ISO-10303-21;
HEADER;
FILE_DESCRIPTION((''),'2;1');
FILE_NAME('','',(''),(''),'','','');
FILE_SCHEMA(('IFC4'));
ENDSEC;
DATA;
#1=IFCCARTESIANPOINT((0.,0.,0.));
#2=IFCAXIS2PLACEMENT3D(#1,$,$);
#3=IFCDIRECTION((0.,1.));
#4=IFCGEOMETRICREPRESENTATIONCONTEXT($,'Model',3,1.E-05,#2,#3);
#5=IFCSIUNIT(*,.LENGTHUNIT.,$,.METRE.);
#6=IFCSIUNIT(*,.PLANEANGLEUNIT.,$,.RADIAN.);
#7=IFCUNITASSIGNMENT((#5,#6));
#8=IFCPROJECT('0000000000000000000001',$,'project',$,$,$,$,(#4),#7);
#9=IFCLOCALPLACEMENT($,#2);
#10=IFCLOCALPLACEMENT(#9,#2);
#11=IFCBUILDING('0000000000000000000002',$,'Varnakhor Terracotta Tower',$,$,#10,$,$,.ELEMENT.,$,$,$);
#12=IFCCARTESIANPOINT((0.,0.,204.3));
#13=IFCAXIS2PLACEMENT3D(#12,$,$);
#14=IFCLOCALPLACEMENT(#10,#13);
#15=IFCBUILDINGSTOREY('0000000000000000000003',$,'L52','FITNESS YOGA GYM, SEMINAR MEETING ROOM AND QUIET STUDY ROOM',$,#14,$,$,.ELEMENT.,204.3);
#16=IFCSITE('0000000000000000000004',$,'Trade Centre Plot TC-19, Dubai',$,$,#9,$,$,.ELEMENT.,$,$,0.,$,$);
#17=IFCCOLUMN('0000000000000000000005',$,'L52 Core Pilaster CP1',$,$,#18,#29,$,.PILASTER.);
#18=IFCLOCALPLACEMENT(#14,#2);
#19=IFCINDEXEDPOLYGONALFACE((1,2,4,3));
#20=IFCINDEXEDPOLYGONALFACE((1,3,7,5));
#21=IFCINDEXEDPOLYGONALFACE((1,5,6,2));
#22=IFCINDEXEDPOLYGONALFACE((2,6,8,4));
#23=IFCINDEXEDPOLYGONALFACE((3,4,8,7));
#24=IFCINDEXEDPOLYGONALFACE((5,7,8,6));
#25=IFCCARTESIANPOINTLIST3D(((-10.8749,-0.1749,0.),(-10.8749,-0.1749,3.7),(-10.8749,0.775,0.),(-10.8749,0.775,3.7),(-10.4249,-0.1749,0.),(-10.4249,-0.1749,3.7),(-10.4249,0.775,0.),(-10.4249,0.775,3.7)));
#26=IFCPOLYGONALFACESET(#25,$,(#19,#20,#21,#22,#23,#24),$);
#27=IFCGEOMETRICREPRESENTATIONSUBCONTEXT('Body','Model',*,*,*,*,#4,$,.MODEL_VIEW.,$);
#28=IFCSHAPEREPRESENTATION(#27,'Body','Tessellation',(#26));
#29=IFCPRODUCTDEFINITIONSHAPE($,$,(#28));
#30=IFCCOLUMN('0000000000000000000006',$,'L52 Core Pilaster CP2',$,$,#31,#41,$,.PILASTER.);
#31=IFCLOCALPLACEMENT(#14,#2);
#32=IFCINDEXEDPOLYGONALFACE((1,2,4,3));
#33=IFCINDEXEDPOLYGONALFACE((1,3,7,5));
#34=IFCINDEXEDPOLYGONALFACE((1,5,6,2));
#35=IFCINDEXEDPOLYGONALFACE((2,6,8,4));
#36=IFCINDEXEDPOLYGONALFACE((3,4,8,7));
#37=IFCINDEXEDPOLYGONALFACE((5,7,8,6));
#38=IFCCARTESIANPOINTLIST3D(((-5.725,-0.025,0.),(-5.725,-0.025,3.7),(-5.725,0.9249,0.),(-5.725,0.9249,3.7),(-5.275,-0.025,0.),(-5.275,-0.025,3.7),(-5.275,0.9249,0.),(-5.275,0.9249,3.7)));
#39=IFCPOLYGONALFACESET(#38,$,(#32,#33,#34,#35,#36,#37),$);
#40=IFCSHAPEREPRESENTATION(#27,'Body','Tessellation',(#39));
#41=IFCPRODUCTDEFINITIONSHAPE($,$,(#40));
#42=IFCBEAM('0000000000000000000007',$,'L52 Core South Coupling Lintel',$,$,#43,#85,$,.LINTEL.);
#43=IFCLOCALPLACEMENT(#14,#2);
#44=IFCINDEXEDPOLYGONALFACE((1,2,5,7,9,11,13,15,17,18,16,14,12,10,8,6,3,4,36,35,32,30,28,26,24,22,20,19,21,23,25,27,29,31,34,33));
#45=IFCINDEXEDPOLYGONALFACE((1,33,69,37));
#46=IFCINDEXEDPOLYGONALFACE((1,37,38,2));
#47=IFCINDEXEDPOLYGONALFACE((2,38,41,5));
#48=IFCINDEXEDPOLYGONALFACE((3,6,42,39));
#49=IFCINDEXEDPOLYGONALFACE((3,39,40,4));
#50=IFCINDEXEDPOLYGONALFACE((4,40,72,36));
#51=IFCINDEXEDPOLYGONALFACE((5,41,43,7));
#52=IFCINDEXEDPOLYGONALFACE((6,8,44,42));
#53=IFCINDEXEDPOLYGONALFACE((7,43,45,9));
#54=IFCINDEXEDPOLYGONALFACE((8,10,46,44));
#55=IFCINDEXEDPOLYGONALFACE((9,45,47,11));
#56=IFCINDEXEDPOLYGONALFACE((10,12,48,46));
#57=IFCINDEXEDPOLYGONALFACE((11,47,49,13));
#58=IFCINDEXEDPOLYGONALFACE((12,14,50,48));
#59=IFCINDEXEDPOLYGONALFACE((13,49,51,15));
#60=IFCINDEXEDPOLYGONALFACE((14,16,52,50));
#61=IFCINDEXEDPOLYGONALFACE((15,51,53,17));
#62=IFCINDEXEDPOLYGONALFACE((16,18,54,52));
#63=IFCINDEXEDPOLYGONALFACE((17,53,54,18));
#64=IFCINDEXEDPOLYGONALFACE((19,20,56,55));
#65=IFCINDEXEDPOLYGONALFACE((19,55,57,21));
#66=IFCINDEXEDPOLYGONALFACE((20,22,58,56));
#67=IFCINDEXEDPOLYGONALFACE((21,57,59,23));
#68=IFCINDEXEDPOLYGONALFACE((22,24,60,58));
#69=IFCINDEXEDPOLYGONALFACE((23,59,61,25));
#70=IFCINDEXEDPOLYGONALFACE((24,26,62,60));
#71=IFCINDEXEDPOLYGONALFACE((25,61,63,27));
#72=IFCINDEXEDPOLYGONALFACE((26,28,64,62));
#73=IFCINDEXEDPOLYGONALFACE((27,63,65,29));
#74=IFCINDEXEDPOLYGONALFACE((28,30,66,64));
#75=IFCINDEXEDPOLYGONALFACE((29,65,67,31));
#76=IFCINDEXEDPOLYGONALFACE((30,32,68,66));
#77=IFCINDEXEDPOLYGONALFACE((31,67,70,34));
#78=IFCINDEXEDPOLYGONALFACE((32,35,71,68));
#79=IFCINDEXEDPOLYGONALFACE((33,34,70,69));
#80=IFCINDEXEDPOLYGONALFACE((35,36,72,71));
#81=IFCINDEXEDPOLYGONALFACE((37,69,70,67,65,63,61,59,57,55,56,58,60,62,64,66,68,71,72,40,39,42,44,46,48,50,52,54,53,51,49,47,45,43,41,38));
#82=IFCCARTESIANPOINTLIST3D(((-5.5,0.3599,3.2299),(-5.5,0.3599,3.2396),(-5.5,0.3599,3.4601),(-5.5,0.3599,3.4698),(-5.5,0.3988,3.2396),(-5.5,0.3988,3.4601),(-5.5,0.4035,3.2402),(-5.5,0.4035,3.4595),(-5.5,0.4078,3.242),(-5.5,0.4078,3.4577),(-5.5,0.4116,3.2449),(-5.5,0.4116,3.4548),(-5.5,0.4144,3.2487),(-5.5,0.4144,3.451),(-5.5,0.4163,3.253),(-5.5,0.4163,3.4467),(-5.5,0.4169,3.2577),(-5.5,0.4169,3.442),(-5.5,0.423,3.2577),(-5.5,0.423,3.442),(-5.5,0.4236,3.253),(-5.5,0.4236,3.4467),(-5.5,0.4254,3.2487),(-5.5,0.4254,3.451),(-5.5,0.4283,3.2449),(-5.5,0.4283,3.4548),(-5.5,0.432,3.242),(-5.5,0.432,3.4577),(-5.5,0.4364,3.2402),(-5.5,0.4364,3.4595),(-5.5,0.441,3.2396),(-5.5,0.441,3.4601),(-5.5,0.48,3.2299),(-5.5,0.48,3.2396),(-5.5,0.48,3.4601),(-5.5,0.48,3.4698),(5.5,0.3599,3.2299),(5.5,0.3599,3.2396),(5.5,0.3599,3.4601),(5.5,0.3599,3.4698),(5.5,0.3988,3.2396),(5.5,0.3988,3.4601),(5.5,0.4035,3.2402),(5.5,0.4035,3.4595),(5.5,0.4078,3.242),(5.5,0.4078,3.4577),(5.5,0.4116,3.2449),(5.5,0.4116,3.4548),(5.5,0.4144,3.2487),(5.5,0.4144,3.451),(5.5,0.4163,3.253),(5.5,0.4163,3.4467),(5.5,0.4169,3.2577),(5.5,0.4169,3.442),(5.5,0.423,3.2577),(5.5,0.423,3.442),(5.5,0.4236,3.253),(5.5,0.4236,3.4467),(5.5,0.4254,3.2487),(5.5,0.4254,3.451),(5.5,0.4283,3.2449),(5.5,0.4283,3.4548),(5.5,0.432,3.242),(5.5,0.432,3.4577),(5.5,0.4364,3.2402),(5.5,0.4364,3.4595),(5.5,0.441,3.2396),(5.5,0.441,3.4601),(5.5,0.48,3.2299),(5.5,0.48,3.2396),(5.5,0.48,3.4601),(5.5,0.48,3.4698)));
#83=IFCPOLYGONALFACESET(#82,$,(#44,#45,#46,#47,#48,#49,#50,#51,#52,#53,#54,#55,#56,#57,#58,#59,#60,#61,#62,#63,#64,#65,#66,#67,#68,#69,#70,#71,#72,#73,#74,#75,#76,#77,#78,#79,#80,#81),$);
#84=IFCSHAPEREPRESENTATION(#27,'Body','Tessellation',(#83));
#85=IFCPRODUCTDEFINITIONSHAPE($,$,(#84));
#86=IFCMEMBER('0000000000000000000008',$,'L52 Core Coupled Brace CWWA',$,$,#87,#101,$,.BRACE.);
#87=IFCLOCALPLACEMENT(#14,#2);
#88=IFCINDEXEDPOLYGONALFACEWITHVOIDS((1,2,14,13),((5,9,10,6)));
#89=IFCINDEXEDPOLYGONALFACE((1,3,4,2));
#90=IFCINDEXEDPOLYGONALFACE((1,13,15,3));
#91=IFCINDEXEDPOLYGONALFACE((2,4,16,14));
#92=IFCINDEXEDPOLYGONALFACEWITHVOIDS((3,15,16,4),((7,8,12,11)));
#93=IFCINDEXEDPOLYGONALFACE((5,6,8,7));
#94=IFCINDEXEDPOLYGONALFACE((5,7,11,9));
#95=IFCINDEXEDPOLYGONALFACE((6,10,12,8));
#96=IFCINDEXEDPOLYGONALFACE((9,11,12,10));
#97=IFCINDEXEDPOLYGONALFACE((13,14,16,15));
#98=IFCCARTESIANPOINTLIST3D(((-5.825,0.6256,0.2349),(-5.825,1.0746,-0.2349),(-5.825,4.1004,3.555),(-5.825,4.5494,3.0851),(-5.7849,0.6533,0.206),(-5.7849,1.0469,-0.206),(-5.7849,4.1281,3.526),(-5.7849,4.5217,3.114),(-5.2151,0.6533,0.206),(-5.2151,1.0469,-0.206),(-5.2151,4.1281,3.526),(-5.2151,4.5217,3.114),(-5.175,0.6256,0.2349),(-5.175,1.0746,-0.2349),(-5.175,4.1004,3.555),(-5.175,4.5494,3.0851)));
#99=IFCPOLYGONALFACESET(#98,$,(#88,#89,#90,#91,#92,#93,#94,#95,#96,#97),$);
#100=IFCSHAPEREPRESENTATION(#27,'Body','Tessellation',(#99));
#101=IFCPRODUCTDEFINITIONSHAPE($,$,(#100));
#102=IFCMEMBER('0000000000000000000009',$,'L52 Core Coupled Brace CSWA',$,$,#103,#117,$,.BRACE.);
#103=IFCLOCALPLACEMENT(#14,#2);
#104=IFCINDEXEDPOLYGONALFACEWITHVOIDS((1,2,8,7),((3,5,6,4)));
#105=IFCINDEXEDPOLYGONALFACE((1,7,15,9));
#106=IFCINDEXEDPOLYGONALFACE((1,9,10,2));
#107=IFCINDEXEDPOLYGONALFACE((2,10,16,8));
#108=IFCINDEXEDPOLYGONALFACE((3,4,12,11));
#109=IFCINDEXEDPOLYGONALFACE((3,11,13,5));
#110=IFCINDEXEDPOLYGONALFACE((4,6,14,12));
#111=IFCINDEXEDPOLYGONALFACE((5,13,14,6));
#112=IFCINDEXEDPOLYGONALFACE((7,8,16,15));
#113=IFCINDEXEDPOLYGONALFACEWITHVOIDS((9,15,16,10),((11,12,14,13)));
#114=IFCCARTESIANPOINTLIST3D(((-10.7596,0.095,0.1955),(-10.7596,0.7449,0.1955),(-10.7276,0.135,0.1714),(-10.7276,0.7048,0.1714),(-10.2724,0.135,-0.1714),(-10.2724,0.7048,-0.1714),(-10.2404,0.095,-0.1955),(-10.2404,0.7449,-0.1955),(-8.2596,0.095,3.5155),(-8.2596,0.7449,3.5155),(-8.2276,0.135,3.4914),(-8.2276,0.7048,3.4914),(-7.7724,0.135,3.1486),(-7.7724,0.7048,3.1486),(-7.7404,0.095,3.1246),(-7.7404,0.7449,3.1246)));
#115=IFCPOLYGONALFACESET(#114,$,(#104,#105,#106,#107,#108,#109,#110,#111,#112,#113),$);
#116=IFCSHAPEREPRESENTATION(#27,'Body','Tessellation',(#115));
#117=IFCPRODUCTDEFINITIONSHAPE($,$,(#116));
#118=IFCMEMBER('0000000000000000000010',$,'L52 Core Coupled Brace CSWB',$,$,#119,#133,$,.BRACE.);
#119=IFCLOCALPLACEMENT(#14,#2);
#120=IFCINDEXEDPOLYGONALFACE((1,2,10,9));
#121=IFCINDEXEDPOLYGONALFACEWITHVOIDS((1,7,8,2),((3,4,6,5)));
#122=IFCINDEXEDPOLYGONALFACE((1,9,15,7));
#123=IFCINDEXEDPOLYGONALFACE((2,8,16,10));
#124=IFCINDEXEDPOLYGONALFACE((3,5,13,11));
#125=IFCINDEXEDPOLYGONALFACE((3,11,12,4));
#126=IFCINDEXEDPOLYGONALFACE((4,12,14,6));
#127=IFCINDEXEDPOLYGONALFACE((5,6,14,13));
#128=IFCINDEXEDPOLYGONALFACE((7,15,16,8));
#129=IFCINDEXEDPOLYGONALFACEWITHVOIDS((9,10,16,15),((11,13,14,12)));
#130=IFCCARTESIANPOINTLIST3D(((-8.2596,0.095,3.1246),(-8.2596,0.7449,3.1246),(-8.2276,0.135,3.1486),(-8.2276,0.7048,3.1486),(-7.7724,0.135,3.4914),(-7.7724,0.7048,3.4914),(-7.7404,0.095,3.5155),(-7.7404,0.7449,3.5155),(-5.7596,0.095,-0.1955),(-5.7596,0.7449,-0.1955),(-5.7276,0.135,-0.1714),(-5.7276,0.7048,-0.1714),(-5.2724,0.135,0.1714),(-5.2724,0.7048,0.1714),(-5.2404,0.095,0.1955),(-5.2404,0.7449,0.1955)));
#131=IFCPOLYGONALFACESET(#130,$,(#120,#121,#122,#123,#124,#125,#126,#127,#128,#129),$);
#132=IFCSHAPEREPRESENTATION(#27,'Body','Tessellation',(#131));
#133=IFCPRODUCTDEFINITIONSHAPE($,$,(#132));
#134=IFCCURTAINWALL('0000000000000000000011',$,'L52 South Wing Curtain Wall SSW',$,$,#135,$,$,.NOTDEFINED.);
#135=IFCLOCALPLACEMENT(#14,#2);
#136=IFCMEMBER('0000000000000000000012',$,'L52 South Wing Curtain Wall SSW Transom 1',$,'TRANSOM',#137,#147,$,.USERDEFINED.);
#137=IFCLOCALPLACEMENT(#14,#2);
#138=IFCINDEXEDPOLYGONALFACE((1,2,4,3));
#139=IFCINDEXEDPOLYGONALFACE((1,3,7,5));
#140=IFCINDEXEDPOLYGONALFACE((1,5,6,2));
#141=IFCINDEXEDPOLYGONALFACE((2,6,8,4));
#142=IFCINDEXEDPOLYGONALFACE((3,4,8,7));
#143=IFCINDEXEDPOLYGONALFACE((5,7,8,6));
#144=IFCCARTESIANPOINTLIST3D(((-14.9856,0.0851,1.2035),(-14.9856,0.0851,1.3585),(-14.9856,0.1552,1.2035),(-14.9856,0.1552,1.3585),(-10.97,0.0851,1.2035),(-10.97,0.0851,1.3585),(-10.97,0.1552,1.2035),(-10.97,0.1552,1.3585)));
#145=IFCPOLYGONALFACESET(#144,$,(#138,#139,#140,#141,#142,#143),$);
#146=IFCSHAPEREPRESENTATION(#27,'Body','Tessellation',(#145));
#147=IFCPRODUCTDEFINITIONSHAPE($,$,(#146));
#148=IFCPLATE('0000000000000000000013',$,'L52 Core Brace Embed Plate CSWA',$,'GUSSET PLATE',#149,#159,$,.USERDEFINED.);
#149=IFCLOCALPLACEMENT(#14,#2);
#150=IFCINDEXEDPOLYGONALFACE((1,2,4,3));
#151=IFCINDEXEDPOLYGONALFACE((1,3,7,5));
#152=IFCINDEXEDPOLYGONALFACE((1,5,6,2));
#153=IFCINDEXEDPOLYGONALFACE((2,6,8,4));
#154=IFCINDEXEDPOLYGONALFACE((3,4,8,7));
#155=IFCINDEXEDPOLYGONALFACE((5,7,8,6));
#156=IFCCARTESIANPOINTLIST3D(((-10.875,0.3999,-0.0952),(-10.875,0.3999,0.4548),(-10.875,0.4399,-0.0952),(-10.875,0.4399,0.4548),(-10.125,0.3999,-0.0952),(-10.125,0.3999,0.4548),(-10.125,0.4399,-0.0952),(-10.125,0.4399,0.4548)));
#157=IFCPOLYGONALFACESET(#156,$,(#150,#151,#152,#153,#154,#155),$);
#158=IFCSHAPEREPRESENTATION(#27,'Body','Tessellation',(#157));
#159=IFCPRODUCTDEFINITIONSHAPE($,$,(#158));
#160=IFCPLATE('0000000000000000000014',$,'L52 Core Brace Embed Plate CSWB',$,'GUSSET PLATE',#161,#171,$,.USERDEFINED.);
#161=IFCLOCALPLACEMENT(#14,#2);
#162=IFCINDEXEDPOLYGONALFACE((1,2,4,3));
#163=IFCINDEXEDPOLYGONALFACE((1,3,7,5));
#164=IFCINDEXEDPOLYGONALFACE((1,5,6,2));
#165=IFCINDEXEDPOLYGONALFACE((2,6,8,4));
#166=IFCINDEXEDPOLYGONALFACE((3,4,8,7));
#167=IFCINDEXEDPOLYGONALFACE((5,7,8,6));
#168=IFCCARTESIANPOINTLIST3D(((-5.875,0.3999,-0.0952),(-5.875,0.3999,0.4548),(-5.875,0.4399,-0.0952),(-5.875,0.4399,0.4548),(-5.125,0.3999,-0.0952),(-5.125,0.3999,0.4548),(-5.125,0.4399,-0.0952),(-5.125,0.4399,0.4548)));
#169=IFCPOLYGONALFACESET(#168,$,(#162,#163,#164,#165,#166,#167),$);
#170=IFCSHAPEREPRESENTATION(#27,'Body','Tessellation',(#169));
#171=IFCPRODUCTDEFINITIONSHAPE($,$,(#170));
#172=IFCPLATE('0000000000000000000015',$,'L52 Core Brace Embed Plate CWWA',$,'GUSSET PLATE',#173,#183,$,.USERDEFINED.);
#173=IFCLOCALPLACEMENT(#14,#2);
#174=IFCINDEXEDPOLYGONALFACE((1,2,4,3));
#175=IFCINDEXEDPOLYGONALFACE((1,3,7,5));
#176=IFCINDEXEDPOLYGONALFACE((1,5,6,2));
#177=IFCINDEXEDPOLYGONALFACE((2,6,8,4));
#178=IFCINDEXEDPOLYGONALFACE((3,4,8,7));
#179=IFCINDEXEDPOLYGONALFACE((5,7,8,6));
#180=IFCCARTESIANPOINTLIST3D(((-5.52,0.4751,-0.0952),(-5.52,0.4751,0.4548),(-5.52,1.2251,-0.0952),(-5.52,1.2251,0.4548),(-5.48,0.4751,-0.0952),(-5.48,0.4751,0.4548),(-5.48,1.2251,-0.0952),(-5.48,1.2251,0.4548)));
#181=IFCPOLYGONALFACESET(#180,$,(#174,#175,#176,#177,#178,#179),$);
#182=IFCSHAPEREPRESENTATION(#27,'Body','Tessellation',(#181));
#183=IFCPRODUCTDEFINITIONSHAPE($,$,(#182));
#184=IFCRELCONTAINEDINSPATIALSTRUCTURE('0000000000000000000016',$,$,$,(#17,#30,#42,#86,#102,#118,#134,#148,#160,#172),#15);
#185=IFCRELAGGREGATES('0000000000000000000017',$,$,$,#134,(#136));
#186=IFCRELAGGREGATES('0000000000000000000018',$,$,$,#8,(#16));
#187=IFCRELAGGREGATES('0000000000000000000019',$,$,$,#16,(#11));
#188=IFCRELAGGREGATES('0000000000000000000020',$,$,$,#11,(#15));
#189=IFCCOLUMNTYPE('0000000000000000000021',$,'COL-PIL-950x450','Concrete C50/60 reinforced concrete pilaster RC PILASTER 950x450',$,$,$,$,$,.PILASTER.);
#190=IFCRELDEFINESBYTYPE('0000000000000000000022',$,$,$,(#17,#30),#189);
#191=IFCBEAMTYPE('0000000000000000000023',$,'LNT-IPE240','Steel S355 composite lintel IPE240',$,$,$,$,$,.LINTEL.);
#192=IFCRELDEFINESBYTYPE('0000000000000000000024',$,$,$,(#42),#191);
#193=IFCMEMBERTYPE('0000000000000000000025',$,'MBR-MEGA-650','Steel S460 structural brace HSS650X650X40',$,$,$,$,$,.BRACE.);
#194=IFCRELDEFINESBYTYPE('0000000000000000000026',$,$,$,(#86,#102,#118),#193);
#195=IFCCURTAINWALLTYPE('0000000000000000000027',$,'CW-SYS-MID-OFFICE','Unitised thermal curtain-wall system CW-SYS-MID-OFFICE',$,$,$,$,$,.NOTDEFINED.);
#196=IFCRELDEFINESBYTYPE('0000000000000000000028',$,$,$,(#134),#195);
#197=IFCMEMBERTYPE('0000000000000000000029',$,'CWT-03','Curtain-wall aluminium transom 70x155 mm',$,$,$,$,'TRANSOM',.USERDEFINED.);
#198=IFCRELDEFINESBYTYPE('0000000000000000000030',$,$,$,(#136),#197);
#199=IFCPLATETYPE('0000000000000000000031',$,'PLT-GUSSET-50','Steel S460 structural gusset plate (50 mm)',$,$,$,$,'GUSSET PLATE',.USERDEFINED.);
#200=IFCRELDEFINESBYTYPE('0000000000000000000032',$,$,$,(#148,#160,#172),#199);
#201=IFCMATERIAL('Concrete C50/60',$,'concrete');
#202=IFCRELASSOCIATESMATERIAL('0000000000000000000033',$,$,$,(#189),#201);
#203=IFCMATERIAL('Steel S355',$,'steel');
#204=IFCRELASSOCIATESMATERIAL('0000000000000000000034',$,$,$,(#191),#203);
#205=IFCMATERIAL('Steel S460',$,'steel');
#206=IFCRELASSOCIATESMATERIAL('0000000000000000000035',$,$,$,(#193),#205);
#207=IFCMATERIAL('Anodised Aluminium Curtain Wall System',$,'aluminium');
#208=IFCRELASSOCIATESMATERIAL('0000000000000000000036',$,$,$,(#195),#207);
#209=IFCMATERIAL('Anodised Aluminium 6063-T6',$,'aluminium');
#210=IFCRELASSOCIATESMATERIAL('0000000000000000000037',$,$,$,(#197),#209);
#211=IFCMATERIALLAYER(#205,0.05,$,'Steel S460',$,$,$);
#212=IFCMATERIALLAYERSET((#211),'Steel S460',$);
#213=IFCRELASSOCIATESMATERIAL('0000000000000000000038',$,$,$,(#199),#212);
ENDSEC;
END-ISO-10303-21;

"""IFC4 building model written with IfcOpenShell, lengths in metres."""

from ifc_helpers import new_model, si_unit, direction, frame, origin, origin_2d, place, context, subcontext, project, spatial, rectangle, hollow_rectangle, i_section, extrude, source, transform, mapped, material, layer, layer_set, material_profile, profile_set, type_object, type_shapes, element, aggregate, save


model = new_model("IFC4")

# Units and contexts
model_context = context("Model", 3, precision=1e-05, world=origin(), true_north=direction((0.0, 1.0)))
body_context = subcontext(model_context, "Body", "Model", "MODEL_VIEW")
ifc_project = project(units=[si_unit("LENGTHUNIT", "METRE"), si_unit("PLANEANGLEUNIT", "RADIAN")], contexts=[model_context])

# Site, building, storey
site_placement = place(None, origin())
site = spatial("IfcSite", under=ifc_project, at=site_placement, Name="Trade Centre Plot TC-19, Dubai", CompositionType="ELEMENT", RefElevation=0.0)
building_placement = place(site_placement, origin())
building = spatial("IfcBuilding", under=site, at=building_placement, Name="Varnakhor Terracotta Tower", CompositionType="ELEMENT")
storey_placement = place(building_placement, frame((0.0, 0.0, 204.3)))
storey = spatial("IfcBuildingStorey", under=building, at=storey_placement, Name="L52", Description="FITNESS YOGA GYM, SEMINAR MEETING ROOM AND QUIET STUDY ROOM", CompositionType="ELEMENT", Elevation=204.3)

# Columns
ifc_material_1 = material(Name="Concrete C50/60", Category="concrete")
ifc_material_profile_1 = material_profile(ifc_material_1, rectangle(XDim=0.45, YDim=0.95, at=origin_2d()), Name="RC PILASTER 950x450")
ifc_profile_set_1 = profile_set([ifc_material_profile_1], Name="Concrete C50/60")
column_type = type_object("IfcColumnType", Name="COL-PIL-950x450", Description="Concrete C50/60 reinforced concrete pilaster RC PILASTER 950x450", PredefinedType="PILASTER", material=ifc_profile_set_1)
shared_shape_1 = source(origin(), body_context, "Body", "SweptSolid", [
    extrude(rectangle(XDim=0.45, YDim=0.95, at=origin_2d()), origin(), (0.0, 0.0, 1.0), 3.7),
])
for number, where, z_axis, x_axis, name in (
    (1, (-10.6499, 0.3, 0.0), (0.0, 0.0, 1.0), (1.0, 0.0, 0.0), "L52 Core Pilaster CP1"),
    (2, (-5.5, 0.45, 0.0), (0.0, 0.0, 1.0), (1.0, 0.0, 0.0), "L52 Core Pilaster CP2"),
):
    element("IfcColumn", number, at=place(storey_placement, frame(where, z_axis=z_axis, x_axis=x_axis)), inside=storey, type_object=column_type, Name=name, PredefinedType="PILASTER", context=body_context, shape_type="MappedRepresentation", body=[
        mapped(shared_shape_1, transform((0.0, 0.0, 0.0), scale=1.0)),
    ])

# Beam
ifc_material_2 = material(Name="Steel S355", Category="steel")
ifc_material_profile_2 = material_profile(ifc_material_2, i_section(OverallWidth=0.1201, OverallDepth=0.24, WebThickness=0.0061, FlangeThickness=0.0098, FilletRadius=0.0181, at=origin_2d()), Name="IPE240")
ifc_profile_set_2 = profile_set([ifc_material_profile_2], Name="Steel S355")
beam_type = type_object("IfcBeamType", Name="LNT-IPE240", Description="Steel S355 composite lintel IPE240", PredefinedType="LINTEL", material=ifc_profile_set_2)
shared_shape_2 = source(origin(), body_context, "Body", "SweptSolid", [
    extrude(i_section(OverallWidth=0.1201, OverallDepth=0.24, WebThickness=0.0061, FlangeThickness=0.0098, FilletRadius=0.0181, at=origin_2d()), origin(), (0.0, 0.0, 1.0), 11.0),
])
type_shapes(beam_type, [shared_shape_2])
beam_placement = place(storey_placement, frame((-5.5, 0.4199, 3.3499), z_axis=(1.0, 0.0, 0.0), x_axis=(0.0, 1.0, 0.0)))
element("IfcBeam", 3, at=beam_placement, inside=storey, type_object=beam_type, Name="L52 Core South Coupling Lintel", PredefinedType="LINTEL", context=body_context, shape_type="MappedRepresentation", body=[
    mapped(shared_shape_2, transform((0.0, 0.0, 0.0), scale=1.0)),
])

# Members
ifc_material_3 = material(Name="Steel S460", Category="steel")
ifc_material_profile_3 = material_profile(ifc_material_3, hollow_rectangle(XDim=0.6499, YDim=0.6499, WallThickness=0.04, at=origin_2d()), Name="HSS650X650X40")
ifc_profile_set_3 = profile_set([ifc_material_profile_3], Name="Steel S460")
member_type_1 = type_object("IfcMemberType", Name="MBR-MEGA-650", Description="Steel S460 structural brace HSS650X650X40", PredefinedType="BRACE", material=ifc_profile_set_3)
shared_shape_3 = source(origin(), body_context, "Body", "SweptSolid", [
    extrude(hollow_rectangle(XDim=0.6499, YDim=0.6499, WallThickness=0.04, at=origin_2d()), origin(), (0.0, 0.0, 1.0), 4.8059),
])
member_1_placement = place(storey_placement, frame((-5.5, 0.8501, 0.0), z_axis=(0.0, 0.723027, 0.69082), x_axis=(-1.0, 0.0, 0.0)))
element("IfcMember", 4, at=member_1_placement, inside=storey, type_object=member_type_1, Name="L52 Core Coupled Brace CWWA", PredefinedType="BRACE", context=body_context, shape_type="MappedRepresentation", body=[
    mapped(shared_shape_3, transform((0.0, 0.0, 0.0), scale=1.0)),
])
shared_shape_4 = source(origin(), body_context, "Body", "SweptSolid", [
    extrude(hollow_rectangle(XDim=0.6499, YDim=0.6499, WallThickness=0.04, at=origin_2d()), origin(), (0.0, 0.0, 1.0), 4.156),
])
for number, where, z_axis, x_axis, name in (
    (5, (-10.5, 0.4199, 0.0), (0.601531, 0.0, 0.79885), (0.0, 1.0, 0.0), "L52 Core Coupled Brace CSWA"),
    (6, (-5.5, 0.4199, 0.0), (-0.601531, 0.0, 0.79885), (0.0, -1.0, 0.0), "L52 Core Coupled Brace CSWB"),
):
    element("IfcMember", number, at=place(storey_placement, frame(where, z_axis=z_axis, x_axis=x_axis)), inside=storey, type_object=member_type_1, Name=name, PredefinedType="BRACE", context=body_context, shape_type="MappedRepresentation", body=[
        mapped(shared_shape_4, transform((0.0, 0.0, 0.0), scale=1.0)),
    ])

# Curtain wall, member
ifc_material_4 = material(Name="Anodised Aluminium Curtain Wall System", Category="aluminium")
curtain_wall_type = type_object("IfcCurtainWallType", Name="CW-SYS-MID-OFFICE", Description="Unitised thermal curtain-wall system CW-SYS-MID-OFFICE", PredefinedType="NOTDEFINED", material=ifc_material_4)
curtain_wall_placement = place(storey_placement, origin())
curtain_wall = element("IfcCurtainWall", 7, at=curtain_wall_placement, inside=storey, type_object=curtain_wall_type, Name="L52 South Wing Curtain Wall SSW", PredefinedType="NOTDEFINED")
ifc_material_5 = material(Name="Anodised Aluminium 6063-T6", Category="aluminium")
ifc_material_profile_4 = material_profile(ifc_material_5, rectangle(XDim=0.0701, YDim=0.155, at=origin_2d()), Name="ALU TRANSOM 70x155")
ifc_profile_set_4 = profile_set([ifc_material_profile_4], Name="Anodised Aluminium 6063-T6")
member_type_2 = type_object("IfcMemberType", Name="CWT-03", Description="Curtain-wall aluminium transom 70x155 mm", ElementType="TRANSOM", PredefinedType="USERDEFINED", material=ifc_profile_set_4)
shared_shape_5 = source(origin(), body_context, "Body", "SweptSolid", [
    extrude(rectangle(XDim=0.0701, YDim=0.155, at=origin_2d()), origin(), (0.0, 0.0, 1.0), 4.0156),
])
member_2_placement = place(storey_placement, frame((-10.97, 0.1201, 1.281), z_axis=(-1.0, 0.0, 0.0), x_axis=(0.0, -1.0, 0.0)))
member_2 = element("IfcMember", 8, at=member_2_placement, type_object=member_type_2, Name="L52 South Wing Curtain Wall SSW Transom 1", ObjectType="TRANSOM", PredefinedType="USERDEFINED", context=body_context, shape_type="MappedRepresentation", body=[
    mapped(shared_shape_5, transform((0.0, 0.0, 0.0), scale=1.0)),
])
aggregate(curtain_wall, [member_2])

# Plates
ifc_layer_1 = layer(ifc_material_3, 0.05, Name="Steel S460")
ifc_layer_set_1 = layer_set([ifc_layer_1], Name="Steel S460")
plate_type = type_object("IfcPlateType", Name="PLT-GUSSET-50", Description="Steel S460 structural gusset plate (50 mm)", ElementType="GUSSET PLATE", PredefinedType="USERDEFINED", material=ifc_layer_set_1)
shared_shape_6 = source(origin(), body_context, "Body", "SweptSolid", [
    extrude(rectangle(XDim=0.75, YDim=0.04, at=origin_2d()), origin(), (0.0, 0.0, 1.0), 0.55),
])
type_shapes(plate_type, [shared_shape_6])
for number, where, z_axis, x_axis, name in (
    (9, (-10.5, 0.4199, -0.0952), (0.0, 0.0, 1.0), (1.0, 0.0, 0.0), "L52 Core Brace Embed Plate CSWA"),
    (10, (-5.5, 0.4199, -0.0952), (0.0, 0.0, 1.0), (1.0, 0.0, 0.0), "L52 Core Brace Embed Plate CSWB"),
    (11, (-5.5, 0.8501, -0.0952), (0.0, 0.0, 1.0), (0.0, 1.0, 0.0), "L52 Core Brace Embed Plate CWWA"),
):
    element("IfcPlate", number, at=place(storey_placement, frame(where, z_axis=z_axis, x_axis=x_axis)), inside=storey, type_object=plate_type, Name=name, ObjectType="GUSSET PLATE", PredefinedType="USERDEFINED", context=body_context, shape_type="MappedRepresentation", body=[
        mapped(shared_shape_6, transform((0.0, 0.0, 0.0), scale=1.0)),
    ])

save(model, "model.ifc")
